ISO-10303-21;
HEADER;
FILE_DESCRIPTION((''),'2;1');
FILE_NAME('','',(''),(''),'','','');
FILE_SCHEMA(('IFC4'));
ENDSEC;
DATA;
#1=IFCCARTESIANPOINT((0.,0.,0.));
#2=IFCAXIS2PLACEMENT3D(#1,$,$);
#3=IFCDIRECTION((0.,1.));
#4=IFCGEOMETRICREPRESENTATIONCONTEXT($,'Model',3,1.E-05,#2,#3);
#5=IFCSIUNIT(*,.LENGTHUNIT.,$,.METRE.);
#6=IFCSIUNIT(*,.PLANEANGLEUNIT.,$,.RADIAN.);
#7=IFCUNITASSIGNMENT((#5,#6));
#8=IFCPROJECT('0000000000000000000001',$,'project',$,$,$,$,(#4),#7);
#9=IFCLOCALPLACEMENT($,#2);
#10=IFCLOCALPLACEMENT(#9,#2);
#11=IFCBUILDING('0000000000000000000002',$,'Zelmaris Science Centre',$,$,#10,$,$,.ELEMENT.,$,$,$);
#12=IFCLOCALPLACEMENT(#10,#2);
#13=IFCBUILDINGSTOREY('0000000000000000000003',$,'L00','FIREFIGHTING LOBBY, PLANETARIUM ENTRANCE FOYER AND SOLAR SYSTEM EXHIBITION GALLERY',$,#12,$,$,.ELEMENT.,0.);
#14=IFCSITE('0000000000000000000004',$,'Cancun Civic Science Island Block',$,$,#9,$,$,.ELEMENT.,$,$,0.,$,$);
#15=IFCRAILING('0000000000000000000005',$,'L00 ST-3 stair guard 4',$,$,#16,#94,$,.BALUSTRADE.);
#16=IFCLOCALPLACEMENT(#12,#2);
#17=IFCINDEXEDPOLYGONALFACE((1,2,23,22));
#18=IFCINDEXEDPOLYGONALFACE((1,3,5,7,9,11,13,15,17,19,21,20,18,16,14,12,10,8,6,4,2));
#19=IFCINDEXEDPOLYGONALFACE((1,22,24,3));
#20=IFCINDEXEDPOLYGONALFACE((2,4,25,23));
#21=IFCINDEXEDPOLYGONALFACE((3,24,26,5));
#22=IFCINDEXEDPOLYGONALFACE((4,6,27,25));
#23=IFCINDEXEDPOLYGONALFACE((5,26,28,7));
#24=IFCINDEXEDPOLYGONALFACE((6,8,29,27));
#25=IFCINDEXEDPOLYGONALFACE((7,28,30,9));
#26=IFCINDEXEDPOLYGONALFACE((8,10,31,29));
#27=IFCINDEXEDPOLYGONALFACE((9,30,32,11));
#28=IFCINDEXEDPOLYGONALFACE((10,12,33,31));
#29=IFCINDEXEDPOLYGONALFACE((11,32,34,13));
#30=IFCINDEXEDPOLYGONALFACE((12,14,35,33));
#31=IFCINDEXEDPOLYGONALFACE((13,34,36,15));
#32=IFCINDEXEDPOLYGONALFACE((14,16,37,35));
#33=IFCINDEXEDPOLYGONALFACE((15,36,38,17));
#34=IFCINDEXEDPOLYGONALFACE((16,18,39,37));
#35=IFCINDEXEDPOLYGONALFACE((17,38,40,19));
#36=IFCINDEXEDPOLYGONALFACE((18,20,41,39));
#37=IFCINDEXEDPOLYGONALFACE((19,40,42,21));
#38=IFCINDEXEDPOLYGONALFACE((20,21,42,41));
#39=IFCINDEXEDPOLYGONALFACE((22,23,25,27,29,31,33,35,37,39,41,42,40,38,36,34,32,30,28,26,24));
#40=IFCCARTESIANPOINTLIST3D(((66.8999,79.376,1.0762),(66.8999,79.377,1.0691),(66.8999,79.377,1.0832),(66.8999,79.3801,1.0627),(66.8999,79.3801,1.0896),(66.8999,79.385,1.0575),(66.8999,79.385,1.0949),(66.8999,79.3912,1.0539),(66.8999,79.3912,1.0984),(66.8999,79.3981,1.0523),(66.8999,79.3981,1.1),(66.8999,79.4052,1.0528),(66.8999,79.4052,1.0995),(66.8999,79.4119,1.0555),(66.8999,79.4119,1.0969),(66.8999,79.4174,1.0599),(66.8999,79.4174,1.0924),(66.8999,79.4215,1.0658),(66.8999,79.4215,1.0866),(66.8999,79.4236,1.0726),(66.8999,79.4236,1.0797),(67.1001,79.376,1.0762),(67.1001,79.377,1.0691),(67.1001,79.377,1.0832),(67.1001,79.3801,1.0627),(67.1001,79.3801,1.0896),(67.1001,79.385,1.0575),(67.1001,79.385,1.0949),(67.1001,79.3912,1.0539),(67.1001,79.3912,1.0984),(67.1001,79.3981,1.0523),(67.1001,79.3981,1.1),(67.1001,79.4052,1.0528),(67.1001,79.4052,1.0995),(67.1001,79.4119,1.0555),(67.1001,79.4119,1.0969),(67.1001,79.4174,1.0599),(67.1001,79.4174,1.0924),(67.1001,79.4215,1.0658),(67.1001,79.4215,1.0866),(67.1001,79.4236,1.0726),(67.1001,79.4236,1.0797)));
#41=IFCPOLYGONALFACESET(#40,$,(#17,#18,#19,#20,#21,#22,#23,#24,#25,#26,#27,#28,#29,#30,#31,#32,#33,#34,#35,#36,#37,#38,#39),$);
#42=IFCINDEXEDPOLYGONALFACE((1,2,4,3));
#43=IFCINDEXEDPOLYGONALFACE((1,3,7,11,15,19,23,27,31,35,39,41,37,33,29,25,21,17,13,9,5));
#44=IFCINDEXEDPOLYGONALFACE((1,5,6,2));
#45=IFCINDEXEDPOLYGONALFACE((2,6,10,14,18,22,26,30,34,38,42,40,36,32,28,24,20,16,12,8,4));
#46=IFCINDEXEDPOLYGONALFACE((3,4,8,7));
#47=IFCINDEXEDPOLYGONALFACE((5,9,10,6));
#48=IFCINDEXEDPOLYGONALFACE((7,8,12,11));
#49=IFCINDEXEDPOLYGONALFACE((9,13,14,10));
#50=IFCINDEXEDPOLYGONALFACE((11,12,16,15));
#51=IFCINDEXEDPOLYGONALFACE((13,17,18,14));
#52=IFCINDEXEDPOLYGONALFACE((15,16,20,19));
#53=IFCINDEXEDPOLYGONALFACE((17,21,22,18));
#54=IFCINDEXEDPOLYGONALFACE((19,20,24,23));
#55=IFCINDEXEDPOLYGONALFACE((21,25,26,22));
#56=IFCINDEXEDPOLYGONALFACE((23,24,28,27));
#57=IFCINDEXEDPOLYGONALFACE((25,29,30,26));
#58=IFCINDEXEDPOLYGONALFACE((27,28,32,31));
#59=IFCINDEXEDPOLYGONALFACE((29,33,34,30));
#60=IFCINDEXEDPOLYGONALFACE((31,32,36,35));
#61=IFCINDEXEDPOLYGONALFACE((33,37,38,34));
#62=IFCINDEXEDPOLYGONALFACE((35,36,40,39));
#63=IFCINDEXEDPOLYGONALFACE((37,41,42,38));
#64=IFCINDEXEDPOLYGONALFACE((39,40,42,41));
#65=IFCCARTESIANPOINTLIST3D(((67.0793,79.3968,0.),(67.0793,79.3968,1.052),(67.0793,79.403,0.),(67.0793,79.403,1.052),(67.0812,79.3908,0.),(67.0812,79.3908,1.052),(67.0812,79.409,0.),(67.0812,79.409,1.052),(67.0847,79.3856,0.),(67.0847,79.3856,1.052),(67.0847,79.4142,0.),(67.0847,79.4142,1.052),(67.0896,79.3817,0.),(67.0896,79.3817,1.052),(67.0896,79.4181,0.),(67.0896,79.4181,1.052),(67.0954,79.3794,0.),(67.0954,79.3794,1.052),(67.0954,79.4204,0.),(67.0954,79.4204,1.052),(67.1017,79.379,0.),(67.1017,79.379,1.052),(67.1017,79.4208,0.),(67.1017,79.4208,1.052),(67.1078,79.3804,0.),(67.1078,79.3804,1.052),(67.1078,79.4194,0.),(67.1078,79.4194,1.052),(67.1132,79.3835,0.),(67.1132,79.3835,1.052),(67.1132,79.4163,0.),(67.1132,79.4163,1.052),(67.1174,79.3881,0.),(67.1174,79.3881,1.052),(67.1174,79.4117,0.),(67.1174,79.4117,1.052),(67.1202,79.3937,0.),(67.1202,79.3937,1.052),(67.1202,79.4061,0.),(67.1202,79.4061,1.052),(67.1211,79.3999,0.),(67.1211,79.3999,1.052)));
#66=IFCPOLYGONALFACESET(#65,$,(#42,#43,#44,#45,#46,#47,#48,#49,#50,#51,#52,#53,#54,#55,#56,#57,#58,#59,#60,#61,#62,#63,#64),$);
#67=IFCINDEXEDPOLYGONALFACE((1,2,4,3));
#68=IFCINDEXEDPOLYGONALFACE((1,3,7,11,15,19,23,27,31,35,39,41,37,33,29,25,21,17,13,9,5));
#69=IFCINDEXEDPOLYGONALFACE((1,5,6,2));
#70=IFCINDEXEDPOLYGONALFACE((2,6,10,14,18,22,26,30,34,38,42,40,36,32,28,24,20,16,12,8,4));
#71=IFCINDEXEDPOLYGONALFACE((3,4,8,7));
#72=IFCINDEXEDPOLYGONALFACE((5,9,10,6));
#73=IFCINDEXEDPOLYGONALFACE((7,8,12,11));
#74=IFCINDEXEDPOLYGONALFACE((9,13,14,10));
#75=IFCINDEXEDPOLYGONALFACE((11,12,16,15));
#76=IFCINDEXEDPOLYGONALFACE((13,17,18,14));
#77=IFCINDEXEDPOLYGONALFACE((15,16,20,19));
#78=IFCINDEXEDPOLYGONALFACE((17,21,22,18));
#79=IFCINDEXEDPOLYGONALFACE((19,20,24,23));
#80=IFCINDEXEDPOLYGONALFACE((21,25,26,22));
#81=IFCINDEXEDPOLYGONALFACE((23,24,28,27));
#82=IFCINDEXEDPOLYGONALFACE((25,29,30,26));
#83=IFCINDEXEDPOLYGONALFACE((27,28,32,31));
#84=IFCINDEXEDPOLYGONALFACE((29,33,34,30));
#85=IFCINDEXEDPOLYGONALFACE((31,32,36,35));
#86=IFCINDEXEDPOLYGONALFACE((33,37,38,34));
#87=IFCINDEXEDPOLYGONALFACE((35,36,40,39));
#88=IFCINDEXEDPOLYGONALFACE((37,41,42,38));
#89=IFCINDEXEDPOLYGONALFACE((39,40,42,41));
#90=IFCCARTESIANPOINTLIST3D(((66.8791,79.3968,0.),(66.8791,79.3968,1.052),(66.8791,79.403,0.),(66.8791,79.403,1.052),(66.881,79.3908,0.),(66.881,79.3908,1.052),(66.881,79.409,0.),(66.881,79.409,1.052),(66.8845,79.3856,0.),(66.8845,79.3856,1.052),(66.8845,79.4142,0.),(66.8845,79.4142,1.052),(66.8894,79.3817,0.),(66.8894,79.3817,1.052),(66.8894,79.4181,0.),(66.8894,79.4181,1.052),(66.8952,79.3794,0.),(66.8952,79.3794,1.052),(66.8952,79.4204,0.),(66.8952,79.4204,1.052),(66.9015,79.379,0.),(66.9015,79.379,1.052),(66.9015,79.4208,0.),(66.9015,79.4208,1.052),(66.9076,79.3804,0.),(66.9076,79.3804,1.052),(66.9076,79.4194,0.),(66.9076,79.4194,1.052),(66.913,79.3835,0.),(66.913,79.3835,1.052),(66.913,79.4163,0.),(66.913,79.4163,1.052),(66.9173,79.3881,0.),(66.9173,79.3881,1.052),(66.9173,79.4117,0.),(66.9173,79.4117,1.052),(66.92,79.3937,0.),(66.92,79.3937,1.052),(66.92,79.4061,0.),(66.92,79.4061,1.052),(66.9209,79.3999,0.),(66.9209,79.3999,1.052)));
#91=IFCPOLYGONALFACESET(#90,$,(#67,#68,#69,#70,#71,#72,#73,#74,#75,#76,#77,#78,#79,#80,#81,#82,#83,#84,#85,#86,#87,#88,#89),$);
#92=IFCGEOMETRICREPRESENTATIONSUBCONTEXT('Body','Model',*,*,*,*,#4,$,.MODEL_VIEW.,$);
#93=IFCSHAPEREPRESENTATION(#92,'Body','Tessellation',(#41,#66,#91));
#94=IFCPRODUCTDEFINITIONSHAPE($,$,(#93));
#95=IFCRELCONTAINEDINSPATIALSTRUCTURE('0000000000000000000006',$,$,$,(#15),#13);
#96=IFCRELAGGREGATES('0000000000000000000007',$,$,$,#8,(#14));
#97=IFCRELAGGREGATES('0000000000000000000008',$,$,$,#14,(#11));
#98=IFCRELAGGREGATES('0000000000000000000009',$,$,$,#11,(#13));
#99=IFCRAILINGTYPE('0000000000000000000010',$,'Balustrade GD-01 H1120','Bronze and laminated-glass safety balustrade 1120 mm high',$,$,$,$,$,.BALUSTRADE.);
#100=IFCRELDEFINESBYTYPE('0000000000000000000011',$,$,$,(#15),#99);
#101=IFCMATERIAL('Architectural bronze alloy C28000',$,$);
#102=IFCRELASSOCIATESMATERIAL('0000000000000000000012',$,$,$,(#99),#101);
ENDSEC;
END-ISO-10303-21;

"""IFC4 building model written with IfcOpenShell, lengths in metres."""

from ifc_helpers import new_model, si_unit, direction, frame, origin, origin_2d, place, context, subcontext, project, spatial, circle, extrude, material, type_object, element, save


model = new_model("IFC4")

# Units and contexts
model_context = context("Model", 3, precision=1e-05, world=origin(), true_north=direction((0.0, 1.0)))
body_context = subcontext(model_context, "Body", "Model", "MODEL_VIEW")
ifc_project = project(units=[si_unit("LENGTHUNIT", "METRE"), si_unit("PLANEANGLEUNIT", "RADIAN")], contexts=[model_context])

# Site, building, storey
site_placement = place(None, origin())
site = spatial("IfcSite", under=ifc_project, at=site_placement, Name="Cancun Civic Science Island Block", CompositionType="ELEMENT", RefElevation=0.0)
building_placement = place(site_placement, origin())
building = spatial("IfcBuilding", under=site, at=building_placement, Name="Zelmaris Science Centre", CompositionType="ELEMENT")
storey_placement = place(building_placement, origin())
storey = spatial("IfcBuildingStorey", under=building, at=storey_placement, Name="L00", Description="FIREFIGHTING LOBBY, PLANETARIUM ENTRANCE FOYER AND SOLAR SYSTEM EXHIBITION GALLERY", CompositionType="ELEMENT", Elevation=0.0)

# Shared definitions
ifc_material_1 = material(Name="Architectural bronze alloy C28000")

# Railing
railing_type_1 = type_object("IfcRailingType", Name="Balustrade GD-01 H1120", Description="Bronze and laminated-glass safety balustrade 1120 mm high", PredefinedType="BALUSTRADE", material=ifc_material_1)
railing_1_placement = place(storey_placement, frame((67.1001, 79.3999, 0.0)))
element("IfcRailing", 1, at=railing_1_placement, inside=storey, type_object=railing_type_1, Name="L00 ST-3 stair guard 4", PredefinedType="BALUSTRADE", context=body_context, shape_type="SweptSolid", body=[
    extrude(circle(Radius=0.0239, at=origin_2d()), frame((0.0, 0.0, 1.0762), z_axis=(-1.0, 0.0, 0.0), x_axis=(0.0, -1.0, 0.0)), (0.0, 0.0, 1.0), 0.2002),
    extrude(circle(Radius=0.021, at=origin_2d()), origin(), (0.0, 0.0, 1.0), 1.052),
    extrude(circle(Radius=0.021, at=origin_2d()), frame((-0.2002, 0.0, 0.0)), (0.0, 0.0, 1.0), 1.052),
])

save(model, "model.ifc")
